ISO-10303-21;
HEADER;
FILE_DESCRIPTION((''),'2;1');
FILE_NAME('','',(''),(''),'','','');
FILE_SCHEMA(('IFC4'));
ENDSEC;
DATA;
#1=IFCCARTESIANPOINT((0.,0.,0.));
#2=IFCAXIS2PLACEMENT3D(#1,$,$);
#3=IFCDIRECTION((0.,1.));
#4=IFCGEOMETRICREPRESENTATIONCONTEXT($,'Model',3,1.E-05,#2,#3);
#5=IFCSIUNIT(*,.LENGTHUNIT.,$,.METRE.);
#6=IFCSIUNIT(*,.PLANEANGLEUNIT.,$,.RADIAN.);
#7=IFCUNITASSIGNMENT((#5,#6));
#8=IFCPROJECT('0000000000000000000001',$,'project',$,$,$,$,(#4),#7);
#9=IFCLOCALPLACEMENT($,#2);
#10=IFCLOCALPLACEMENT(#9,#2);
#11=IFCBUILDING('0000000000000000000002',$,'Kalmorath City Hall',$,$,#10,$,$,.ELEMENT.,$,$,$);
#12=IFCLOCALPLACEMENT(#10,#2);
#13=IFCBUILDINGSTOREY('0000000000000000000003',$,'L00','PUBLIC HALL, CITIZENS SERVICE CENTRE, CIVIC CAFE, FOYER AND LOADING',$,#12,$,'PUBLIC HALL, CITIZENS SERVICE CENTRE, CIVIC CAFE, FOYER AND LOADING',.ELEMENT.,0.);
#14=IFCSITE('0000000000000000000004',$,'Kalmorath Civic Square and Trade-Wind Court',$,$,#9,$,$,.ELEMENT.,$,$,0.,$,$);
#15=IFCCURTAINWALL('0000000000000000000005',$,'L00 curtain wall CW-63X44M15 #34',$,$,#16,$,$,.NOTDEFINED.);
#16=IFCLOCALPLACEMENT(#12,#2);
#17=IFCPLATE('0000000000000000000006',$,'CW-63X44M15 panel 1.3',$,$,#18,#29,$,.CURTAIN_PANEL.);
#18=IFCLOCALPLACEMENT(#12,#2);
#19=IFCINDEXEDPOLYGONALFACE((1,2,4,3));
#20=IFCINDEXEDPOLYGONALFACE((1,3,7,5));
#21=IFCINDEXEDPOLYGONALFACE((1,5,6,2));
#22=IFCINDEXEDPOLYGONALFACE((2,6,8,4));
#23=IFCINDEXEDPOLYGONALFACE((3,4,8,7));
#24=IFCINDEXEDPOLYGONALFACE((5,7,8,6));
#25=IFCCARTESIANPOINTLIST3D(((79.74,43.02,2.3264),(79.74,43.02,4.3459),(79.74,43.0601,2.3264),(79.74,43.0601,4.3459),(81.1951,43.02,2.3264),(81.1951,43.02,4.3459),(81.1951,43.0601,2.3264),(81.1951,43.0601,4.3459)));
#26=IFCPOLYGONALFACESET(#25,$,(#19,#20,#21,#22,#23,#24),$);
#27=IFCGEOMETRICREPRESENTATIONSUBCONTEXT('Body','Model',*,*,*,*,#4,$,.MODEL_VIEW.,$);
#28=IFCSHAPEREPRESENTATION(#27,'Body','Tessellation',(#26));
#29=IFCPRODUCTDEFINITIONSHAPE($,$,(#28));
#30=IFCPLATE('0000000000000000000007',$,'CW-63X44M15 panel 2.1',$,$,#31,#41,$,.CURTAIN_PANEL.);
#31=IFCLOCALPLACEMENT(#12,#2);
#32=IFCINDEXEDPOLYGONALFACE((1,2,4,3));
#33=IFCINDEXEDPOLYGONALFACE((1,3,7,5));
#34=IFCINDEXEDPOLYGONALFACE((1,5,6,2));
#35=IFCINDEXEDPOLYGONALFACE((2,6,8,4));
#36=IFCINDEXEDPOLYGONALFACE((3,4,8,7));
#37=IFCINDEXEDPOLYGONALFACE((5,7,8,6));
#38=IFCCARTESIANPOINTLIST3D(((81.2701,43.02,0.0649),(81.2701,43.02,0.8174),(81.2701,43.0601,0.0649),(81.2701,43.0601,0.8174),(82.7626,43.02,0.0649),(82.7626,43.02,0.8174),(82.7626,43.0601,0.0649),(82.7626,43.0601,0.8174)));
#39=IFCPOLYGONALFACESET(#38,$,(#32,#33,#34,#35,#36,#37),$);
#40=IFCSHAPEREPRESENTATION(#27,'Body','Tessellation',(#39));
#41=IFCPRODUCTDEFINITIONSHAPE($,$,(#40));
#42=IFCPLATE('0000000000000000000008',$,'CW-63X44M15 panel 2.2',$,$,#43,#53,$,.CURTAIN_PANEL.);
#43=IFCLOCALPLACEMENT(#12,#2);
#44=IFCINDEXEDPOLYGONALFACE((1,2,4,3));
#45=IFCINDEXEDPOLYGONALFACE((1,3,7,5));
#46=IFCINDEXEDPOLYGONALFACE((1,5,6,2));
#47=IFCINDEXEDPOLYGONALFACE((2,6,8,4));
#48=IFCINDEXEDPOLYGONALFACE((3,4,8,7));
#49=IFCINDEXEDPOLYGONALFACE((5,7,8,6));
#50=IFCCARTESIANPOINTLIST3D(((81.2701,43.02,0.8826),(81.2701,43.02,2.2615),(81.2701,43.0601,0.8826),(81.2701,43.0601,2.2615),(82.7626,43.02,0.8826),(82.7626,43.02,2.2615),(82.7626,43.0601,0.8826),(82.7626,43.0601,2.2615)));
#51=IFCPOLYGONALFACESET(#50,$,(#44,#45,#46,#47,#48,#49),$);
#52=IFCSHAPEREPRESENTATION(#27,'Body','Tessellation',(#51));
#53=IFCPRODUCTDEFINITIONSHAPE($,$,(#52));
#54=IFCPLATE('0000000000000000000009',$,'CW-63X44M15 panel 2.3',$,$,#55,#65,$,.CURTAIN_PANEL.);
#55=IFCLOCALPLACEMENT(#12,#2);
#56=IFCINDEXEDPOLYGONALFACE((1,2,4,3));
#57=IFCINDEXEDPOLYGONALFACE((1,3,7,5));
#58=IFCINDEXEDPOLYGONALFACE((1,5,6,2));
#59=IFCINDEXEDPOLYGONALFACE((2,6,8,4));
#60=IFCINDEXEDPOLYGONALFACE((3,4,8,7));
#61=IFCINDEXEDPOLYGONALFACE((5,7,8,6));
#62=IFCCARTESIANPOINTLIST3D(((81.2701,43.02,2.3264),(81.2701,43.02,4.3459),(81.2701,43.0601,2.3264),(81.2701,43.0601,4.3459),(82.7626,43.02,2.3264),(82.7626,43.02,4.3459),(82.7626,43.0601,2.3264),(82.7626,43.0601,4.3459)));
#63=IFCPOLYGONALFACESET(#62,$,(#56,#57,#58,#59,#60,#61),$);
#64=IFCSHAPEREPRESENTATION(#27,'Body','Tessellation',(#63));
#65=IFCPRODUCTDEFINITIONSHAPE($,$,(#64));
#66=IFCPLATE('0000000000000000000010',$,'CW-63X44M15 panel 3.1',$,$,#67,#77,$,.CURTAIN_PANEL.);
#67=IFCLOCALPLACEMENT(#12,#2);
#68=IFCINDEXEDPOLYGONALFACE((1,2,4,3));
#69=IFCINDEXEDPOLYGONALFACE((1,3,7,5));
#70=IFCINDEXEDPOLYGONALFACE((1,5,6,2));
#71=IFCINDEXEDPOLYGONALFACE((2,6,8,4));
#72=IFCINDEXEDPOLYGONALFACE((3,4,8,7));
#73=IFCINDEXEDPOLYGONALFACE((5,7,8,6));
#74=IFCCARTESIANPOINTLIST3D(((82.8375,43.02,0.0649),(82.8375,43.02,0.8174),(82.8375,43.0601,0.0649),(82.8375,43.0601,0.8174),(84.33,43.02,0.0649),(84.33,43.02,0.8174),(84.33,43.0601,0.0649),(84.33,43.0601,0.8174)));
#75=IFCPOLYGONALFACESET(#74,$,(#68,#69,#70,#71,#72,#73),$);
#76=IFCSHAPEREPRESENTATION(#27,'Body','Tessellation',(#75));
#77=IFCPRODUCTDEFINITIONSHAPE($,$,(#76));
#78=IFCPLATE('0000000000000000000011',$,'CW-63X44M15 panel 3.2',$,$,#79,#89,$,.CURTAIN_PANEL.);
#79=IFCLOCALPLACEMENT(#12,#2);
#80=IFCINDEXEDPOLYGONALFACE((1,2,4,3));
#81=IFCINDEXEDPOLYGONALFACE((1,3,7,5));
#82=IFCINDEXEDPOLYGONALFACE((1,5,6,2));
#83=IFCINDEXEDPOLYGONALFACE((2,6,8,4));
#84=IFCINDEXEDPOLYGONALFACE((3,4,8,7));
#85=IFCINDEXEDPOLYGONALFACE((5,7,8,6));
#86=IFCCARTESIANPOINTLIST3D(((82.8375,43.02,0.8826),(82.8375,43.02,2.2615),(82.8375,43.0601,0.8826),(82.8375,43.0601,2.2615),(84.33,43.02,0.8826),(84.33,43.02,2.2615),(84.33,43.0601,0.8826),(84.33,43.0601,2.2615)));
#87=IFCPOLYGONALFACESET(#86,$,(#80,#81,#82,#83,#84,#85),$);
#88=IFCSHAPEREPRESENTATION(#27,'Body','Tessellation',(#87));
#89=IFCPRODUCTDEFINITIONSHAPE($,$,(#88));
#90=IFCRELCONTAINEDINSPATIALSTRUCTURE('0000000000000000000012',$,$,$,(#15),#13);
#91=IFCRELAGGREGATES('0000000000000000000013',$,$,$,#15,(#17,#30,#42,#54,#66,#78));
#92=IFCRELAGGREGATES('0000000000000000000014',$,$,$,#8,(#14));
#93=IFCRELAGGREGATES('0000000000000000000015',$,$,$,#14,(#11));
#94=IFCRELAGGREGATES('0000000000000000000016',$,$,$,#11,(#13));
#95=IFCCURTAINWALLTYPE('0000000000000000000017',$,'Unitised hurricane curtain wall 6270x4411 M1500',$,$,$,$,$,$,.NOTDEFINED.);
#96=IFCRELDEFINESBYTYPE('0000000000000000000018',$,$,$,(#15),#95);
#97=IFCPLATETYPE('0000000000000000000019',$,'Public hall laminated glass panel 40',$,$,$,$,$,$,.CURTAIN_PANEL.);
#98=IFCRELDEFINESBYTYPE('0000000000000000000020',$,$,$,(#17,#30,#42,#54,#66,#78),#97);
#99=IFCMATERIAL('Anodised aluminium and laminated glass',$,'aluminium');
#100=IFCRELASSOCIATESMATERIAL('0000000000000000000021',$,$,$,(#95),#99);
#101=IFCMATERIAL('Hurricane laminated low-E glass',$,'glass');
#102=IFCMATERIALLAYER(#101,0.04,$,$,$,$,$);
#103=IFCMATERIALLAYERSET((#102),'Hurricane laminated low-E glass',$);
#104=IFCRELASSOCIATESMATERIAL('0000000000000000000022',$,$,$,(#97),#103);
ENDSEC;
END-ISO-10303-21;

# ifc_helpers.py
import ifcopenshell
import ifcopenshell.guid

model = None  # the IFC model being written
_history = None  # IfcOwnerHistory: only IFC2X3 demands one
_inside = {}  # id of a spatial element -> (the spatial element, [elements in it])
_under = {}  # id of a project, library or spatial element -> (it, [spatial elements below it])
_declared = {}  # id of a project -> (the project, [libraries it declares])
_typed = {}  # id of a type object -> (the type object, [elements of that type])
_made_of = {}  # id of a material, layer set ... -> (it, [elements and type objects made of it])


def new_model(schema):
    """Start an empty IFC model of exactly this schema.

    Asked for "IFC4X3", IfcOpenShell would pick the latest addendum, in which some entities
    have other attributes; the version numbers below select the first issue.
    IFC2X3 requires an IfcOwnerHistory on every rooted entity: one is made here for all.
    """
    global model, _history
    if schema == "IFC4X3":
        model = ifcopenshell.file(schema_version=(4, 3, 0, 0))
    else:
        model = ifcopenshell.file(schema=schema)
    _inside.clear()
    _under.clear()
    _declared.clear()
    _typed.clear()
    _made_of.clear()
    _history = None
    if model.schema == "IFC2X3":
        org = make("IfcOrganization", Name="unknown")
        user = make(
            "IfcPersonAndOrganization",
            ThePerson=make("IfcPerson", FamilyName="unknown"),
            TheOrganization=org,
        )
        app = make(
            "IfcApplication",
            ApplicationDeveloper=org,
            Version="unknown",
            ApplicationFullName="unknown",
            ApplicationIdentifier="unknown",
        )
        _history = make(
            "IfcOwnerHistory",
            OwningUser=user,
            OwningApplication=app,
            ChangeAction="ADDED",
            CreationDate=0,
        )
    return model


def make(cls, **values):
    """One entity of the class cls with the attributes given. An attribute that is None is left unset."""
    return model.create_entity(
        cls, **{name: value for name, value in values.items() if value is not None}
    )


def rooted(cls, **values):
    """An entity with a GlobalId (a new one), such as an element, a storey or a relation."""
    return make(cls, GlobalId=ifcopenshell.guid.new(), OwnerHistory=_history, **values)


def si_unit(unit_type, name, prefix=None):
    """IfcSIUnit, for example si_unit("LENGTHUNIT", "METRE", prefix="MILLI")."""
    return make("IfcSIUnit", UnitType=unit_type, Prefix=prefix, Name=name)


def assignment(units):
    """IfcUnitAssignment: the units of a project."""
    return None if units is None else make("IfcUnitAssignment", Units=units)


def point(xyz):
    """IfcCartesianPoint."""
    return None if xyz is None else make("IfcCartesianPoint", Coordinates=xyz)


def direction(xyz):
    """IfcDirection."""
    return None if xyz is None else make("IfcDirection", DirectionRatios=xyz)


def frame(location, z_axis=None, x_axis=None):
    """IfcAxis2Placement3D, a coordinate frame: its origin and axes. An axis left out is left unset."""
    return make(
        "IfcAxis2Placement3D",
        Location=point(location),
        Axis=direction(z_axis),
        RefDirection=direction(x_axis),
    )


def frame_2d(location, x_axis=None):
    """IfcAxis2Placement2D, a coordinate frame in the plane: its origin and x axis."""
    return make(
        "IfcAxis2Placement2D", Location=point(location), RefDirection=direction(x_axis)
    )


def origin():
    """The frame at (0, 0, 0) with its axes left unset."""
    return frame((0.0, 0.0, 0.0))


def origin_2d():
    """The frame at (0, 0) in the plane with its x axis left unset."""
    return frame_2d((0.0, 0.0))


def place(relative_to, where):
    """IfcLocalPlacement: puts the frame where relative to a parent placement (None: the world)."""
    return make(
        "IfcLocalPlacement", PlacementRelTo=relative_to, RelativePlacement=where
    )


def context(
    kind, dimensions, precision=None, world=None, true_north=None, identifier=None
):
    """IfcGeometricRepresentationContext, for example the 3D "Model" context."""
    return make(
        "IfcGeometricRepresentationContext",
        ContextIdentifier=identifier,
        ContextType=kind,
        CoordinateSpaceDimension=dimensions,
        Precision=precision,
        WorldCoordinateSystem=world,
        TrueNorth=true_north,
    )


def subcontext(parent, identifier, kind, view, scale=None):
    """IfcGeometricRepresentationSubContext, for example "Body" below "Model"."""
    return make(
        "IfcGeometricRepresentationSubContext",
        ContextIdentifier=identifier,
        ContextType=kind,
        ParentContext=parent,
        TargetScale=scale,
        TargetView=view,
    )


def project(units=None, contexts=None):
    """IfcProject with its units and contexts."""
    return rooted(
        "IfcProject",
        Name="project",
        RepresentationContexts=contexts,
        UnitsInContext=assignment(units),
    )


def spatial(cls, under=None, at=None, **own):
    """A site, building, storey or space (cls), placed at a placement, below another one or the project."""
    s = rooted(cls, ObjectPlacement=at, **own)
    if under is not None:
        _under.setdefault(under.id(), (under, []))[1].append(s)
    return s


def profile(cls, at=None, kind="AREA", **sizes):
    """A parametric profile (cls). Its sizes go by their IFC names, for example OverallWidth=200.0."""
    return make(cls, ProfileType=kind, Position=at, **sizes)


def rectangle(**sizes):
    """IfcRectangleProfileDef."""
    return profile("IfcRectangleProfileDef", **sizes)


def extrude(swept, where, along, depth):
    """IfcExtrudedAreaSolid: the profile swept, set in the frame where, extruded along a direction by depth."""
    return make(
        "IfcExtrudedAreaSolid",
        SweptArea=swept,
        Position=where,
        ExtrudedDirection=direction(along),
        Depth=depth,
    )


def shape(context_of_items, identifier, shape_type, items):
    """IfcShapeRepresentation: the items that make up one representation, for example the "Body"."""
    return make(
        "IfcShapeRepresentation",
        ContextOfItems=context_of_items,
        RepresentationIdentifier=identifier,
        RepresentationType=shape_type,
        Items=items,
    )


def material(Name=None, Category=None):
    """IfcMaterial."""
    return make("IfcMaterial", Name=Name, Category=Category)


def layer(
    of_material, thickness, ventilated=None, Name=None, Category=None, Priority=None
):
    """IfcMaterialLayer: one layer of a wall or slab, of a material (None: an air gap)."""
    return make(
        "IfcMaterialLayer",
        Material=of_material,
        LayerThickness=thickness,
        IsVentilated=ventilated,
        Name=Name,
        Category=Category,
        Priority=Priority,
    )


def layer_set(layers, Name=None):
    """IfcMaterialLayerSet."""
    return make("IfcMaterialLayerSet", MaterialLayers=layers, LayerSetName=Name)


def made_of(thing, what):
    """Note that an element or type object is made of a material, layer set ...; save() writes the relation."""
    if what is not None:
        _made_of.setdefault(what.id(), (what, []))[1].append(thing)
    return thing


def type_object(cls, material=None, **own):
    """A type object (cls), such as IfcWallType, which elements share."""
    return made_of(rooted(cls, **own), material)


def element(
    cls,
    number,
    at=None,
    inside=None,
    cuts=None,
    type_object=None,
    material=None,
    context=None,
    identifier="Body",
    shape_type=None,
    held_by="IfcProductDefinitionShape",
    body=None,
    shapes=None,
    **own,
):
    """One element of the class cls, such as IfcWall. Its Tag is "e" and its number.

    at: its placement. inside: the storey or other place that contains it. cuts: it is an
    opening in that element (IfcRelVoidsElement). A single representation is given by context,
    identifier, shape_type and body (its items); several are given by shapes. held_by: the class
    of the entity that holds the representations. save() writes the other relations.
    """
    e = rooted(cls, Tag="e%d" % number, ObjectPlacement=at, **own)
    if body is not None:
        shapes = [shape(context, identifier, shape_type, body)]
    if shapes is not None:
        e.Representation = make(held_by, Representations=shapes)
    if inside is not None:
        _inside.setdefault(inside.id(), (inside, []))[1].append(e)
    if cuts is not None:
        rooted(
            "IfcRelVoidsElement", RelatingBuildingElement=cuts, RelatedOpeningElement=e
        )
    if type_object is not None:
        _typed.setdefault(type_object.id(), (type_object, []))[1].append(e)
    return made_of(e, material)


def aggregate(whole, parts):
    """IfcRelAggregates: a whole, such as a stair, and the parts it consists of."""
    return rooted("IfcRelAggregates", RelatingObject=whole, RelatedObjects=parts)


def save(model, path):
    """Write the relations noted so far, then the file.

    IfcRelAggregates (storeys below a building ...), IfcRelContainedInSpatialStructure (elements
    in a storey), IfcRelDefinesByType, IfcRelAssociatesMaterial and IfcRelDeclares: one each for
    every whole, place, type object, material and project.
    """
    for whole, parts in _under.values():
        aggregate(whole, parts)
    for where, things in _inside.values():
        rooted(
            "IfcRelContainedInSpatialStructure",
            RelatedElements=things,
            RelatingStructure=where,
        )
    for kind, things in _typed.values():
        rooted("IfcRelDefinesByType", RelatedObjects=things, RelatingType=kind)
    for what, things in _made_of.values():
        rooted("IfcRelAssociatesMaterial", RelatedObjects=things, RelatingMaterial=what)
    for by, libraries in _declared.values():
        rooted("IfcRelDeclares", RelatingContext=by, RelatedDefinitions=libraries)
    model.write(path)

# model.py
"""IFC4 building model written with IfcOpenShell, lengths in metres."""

from ifc_helpers import new_model, si_unit, direction, frame, origin, origin_2d, place, context, subcontext, project, spatial, rectangle, extrude, material, layer, layer_set, type_object, element, aggregate, save


model = new_model("IFC4")

# Units and contexts
model_context = context("Model", 3, precision=1e-05, world=origin(), true_north=direction((0.0, 1.0)))
body_context = subcontext(model_context, "Body", "Model", "MODEL_VIEW")
ifc_project = project(units=[si_unit("LENGTHUNIT", "METRE"), si_unit("PLANEANGLEUNIT", "RADIAN")], contexts=[model_context])

# Site, building, storey
site_placement = place(None, origin())
site = spatial("IfcSite", under=ifc_project, at=site_placement, Name="Kalmorath Civic Square and Trade-Wind Court", CompositionType="ELEMENT", RefElevation=0.0)
building_placement = place(site_placement, origin())
building = spatial("IfcBuilding", under=site, at=building_placement, Name="Kalmorath City Hall", CompositionType="ELEMENT")
storey_placement = place(building_placement, origin())
storey = spatial("IfcBuildingStorey", under=building, at=storey_placement, Name="L00", Description="PUBLIC HALL, CITIZENS SERVICE CENTRE, CIVIC CAFE, FOYER AND LOADING", LongName="PUBLIC HALL, CITIZENS SERVICE CENTRE, CIVIC CAFE, FOYER AND LOADING", CompositionType="ELEMENT", Elevation=0.0)

# Curtain wall
ifc_material_1 = material(Name="Anodised aluminium and laminated glass", Category="aluminium")
curtain_wall_type_1 = type_object("IfcCurtainWallType", Name="Unitised hurricane curtain wall 6270x4411 M1500", PredefinedType="NOTDEFINED", material=ifc_material_1)
curtain_wall_1_placement = place(storey_placement, origin())
curtain_wall_1 = element("IfcCurtainWall", 1, at=curtain_wall_1_placement, inside=storey, type_object=curtain_wall_type_1, Name="L00 curtain wall CW-63X44M15 #34", PredefinedType="NOTDEFINED")

# Plates
ifc_material_2 = material(Name="Hurricane laminated low-E glass", Category="glass")
ifc_layer = layer(ifc_material_2, 0.04)
ifc_layer_set = layer_set([ifc_layer], Name="Hurricane laminated low-E glass")
plate_type = type_object("IfcPlateType", Name="Public hall laminated glass panel 40", PredefinedType="CURTAIN_PANEL", material=ifc_layer_set)
plate_1_placement = place(storey_placement, frame((80.4675, 43.04, 2.3264), z_axis=(0.0, 0.0, 1.0), x_axis=(1.0, 0.0, 0.0)))
plate_1 = element("IfcPlate", 2, at=plate_1_placement, type_object=plate_type, Name="CW-63X44M15 panel 1.3", PredefinedType="CURTAIN_PANEL", context=body_context, shape_type="SweptSolid", body=[
    extrude(rectangle(XDim=1.4551, YDim=0.04, at=origin_2d()), origin(), (0.0, 0.0, 1.0), 2.0195),
])
plate_2_placement = place(storey_placement, frame((82.0164, 43.04, 0.0649), z_axis=(0.0, 0.0, 1.0), x_axis=(1.0, 0.0, 0.0)))
plate_2 = element("IfcPlate", 3, at=plate_2_placement, type_object=plate_type, Name="CW-63X44M15 panel 2.1", PredefinedType="CURTAIN_PANEL", context=body_context, shape_type="SweptSolid", body=[
    extrude(rectangle(XDim=1.4924, YDim=0.04, at=origin_2d()), origin(), (0.0, 0.0, 1.0), 0.7524),
])
plate_3_placement = place(storey_placement, frame((82.0164, 43.04, 0.8826), z_axis=(0.0, 0.0, 1.0), x_axis=(1.0, 0.0, 0.0)))
plate_3 = element("IfcPlate", 4, at=plate_3_placement, type_object=plate_type, Name="CW-63X44M15 panel 2.2", PredefinedType="CURTAIN_PANEL", context=body_context, shape_type="SweptSolid", body=[
    extrude(rectangle(XDim=1.4924, YDim=0.04, at=origin_2d()), origin(), (0.0, 0.0, 1.0), 1.3789),
])
plate_4_placement = place(storey_placement, frame((82.0164, 43.04, 2.3264), z_axis=(0.0, 0.0, 1.0), x_axis=(1.0, 0.0, 0.0)))
plate_4 = element("IfcPlate", 5, at=plate_4_placement, type_object=plate_type, Name="CW-63X44M15 panel 2.3", PredefinedType="CURTAIN_PANEL", context=body_context, shape_type="SweptSolid", body=[
    extrude(rectangle(XDim=1.4924, YDim=0.04, at=origin_2d()), origin(), (0.0, 0.0, 1.0), 2.0195),
])
plate_5_placement = place(storey_placement, frame((83.5837, 43.04, 0.0649), z_axis=(0.0, 0.0, 1.0), x_axis=(1.0, 0.0, 0.0)))
plate_5 = element("IfcPlate", 6, at=plate_5_placement, type_object=plate_type, Name="CW-63X44M15 panel 3.1", PredefinedType="CURTAIN_PANEL", context=body_context, shape_type="SweptSolid", body=[
    extrude(rectangle(XDim=1.4924, YDim=0.04, at=origin_2d()), origin(), (0.0, 0.0, 1.0), 0.7524),
])
plate_6_placement = place(storey_placement, frame((83.5837, 43.04, 0.8826), z_axis=(0.0, 0.0, 1.0), x_axis=(1.0, 0.0, 0.0)))
plate_6 = element("IfcPlate", 7, at=plate_6_placement, type_object=plate_type, Name="CW-63X44M15 panel 3.2", PredefinedType="CURTAIN_PANEL", context=body_context, shape_type="SweptSolid", body=[
    extrude(rectangle(XDim=1.4924, YDim=0.04, at=origin_2d()), origin(), (0.0, 0.0, 1.0), 1.3789),
])
aggregate(curtain_wall_1, [plate_1, plate_2, plate_3, plate_4, plate_5, plate_6])

save(model, "model.ifc")
